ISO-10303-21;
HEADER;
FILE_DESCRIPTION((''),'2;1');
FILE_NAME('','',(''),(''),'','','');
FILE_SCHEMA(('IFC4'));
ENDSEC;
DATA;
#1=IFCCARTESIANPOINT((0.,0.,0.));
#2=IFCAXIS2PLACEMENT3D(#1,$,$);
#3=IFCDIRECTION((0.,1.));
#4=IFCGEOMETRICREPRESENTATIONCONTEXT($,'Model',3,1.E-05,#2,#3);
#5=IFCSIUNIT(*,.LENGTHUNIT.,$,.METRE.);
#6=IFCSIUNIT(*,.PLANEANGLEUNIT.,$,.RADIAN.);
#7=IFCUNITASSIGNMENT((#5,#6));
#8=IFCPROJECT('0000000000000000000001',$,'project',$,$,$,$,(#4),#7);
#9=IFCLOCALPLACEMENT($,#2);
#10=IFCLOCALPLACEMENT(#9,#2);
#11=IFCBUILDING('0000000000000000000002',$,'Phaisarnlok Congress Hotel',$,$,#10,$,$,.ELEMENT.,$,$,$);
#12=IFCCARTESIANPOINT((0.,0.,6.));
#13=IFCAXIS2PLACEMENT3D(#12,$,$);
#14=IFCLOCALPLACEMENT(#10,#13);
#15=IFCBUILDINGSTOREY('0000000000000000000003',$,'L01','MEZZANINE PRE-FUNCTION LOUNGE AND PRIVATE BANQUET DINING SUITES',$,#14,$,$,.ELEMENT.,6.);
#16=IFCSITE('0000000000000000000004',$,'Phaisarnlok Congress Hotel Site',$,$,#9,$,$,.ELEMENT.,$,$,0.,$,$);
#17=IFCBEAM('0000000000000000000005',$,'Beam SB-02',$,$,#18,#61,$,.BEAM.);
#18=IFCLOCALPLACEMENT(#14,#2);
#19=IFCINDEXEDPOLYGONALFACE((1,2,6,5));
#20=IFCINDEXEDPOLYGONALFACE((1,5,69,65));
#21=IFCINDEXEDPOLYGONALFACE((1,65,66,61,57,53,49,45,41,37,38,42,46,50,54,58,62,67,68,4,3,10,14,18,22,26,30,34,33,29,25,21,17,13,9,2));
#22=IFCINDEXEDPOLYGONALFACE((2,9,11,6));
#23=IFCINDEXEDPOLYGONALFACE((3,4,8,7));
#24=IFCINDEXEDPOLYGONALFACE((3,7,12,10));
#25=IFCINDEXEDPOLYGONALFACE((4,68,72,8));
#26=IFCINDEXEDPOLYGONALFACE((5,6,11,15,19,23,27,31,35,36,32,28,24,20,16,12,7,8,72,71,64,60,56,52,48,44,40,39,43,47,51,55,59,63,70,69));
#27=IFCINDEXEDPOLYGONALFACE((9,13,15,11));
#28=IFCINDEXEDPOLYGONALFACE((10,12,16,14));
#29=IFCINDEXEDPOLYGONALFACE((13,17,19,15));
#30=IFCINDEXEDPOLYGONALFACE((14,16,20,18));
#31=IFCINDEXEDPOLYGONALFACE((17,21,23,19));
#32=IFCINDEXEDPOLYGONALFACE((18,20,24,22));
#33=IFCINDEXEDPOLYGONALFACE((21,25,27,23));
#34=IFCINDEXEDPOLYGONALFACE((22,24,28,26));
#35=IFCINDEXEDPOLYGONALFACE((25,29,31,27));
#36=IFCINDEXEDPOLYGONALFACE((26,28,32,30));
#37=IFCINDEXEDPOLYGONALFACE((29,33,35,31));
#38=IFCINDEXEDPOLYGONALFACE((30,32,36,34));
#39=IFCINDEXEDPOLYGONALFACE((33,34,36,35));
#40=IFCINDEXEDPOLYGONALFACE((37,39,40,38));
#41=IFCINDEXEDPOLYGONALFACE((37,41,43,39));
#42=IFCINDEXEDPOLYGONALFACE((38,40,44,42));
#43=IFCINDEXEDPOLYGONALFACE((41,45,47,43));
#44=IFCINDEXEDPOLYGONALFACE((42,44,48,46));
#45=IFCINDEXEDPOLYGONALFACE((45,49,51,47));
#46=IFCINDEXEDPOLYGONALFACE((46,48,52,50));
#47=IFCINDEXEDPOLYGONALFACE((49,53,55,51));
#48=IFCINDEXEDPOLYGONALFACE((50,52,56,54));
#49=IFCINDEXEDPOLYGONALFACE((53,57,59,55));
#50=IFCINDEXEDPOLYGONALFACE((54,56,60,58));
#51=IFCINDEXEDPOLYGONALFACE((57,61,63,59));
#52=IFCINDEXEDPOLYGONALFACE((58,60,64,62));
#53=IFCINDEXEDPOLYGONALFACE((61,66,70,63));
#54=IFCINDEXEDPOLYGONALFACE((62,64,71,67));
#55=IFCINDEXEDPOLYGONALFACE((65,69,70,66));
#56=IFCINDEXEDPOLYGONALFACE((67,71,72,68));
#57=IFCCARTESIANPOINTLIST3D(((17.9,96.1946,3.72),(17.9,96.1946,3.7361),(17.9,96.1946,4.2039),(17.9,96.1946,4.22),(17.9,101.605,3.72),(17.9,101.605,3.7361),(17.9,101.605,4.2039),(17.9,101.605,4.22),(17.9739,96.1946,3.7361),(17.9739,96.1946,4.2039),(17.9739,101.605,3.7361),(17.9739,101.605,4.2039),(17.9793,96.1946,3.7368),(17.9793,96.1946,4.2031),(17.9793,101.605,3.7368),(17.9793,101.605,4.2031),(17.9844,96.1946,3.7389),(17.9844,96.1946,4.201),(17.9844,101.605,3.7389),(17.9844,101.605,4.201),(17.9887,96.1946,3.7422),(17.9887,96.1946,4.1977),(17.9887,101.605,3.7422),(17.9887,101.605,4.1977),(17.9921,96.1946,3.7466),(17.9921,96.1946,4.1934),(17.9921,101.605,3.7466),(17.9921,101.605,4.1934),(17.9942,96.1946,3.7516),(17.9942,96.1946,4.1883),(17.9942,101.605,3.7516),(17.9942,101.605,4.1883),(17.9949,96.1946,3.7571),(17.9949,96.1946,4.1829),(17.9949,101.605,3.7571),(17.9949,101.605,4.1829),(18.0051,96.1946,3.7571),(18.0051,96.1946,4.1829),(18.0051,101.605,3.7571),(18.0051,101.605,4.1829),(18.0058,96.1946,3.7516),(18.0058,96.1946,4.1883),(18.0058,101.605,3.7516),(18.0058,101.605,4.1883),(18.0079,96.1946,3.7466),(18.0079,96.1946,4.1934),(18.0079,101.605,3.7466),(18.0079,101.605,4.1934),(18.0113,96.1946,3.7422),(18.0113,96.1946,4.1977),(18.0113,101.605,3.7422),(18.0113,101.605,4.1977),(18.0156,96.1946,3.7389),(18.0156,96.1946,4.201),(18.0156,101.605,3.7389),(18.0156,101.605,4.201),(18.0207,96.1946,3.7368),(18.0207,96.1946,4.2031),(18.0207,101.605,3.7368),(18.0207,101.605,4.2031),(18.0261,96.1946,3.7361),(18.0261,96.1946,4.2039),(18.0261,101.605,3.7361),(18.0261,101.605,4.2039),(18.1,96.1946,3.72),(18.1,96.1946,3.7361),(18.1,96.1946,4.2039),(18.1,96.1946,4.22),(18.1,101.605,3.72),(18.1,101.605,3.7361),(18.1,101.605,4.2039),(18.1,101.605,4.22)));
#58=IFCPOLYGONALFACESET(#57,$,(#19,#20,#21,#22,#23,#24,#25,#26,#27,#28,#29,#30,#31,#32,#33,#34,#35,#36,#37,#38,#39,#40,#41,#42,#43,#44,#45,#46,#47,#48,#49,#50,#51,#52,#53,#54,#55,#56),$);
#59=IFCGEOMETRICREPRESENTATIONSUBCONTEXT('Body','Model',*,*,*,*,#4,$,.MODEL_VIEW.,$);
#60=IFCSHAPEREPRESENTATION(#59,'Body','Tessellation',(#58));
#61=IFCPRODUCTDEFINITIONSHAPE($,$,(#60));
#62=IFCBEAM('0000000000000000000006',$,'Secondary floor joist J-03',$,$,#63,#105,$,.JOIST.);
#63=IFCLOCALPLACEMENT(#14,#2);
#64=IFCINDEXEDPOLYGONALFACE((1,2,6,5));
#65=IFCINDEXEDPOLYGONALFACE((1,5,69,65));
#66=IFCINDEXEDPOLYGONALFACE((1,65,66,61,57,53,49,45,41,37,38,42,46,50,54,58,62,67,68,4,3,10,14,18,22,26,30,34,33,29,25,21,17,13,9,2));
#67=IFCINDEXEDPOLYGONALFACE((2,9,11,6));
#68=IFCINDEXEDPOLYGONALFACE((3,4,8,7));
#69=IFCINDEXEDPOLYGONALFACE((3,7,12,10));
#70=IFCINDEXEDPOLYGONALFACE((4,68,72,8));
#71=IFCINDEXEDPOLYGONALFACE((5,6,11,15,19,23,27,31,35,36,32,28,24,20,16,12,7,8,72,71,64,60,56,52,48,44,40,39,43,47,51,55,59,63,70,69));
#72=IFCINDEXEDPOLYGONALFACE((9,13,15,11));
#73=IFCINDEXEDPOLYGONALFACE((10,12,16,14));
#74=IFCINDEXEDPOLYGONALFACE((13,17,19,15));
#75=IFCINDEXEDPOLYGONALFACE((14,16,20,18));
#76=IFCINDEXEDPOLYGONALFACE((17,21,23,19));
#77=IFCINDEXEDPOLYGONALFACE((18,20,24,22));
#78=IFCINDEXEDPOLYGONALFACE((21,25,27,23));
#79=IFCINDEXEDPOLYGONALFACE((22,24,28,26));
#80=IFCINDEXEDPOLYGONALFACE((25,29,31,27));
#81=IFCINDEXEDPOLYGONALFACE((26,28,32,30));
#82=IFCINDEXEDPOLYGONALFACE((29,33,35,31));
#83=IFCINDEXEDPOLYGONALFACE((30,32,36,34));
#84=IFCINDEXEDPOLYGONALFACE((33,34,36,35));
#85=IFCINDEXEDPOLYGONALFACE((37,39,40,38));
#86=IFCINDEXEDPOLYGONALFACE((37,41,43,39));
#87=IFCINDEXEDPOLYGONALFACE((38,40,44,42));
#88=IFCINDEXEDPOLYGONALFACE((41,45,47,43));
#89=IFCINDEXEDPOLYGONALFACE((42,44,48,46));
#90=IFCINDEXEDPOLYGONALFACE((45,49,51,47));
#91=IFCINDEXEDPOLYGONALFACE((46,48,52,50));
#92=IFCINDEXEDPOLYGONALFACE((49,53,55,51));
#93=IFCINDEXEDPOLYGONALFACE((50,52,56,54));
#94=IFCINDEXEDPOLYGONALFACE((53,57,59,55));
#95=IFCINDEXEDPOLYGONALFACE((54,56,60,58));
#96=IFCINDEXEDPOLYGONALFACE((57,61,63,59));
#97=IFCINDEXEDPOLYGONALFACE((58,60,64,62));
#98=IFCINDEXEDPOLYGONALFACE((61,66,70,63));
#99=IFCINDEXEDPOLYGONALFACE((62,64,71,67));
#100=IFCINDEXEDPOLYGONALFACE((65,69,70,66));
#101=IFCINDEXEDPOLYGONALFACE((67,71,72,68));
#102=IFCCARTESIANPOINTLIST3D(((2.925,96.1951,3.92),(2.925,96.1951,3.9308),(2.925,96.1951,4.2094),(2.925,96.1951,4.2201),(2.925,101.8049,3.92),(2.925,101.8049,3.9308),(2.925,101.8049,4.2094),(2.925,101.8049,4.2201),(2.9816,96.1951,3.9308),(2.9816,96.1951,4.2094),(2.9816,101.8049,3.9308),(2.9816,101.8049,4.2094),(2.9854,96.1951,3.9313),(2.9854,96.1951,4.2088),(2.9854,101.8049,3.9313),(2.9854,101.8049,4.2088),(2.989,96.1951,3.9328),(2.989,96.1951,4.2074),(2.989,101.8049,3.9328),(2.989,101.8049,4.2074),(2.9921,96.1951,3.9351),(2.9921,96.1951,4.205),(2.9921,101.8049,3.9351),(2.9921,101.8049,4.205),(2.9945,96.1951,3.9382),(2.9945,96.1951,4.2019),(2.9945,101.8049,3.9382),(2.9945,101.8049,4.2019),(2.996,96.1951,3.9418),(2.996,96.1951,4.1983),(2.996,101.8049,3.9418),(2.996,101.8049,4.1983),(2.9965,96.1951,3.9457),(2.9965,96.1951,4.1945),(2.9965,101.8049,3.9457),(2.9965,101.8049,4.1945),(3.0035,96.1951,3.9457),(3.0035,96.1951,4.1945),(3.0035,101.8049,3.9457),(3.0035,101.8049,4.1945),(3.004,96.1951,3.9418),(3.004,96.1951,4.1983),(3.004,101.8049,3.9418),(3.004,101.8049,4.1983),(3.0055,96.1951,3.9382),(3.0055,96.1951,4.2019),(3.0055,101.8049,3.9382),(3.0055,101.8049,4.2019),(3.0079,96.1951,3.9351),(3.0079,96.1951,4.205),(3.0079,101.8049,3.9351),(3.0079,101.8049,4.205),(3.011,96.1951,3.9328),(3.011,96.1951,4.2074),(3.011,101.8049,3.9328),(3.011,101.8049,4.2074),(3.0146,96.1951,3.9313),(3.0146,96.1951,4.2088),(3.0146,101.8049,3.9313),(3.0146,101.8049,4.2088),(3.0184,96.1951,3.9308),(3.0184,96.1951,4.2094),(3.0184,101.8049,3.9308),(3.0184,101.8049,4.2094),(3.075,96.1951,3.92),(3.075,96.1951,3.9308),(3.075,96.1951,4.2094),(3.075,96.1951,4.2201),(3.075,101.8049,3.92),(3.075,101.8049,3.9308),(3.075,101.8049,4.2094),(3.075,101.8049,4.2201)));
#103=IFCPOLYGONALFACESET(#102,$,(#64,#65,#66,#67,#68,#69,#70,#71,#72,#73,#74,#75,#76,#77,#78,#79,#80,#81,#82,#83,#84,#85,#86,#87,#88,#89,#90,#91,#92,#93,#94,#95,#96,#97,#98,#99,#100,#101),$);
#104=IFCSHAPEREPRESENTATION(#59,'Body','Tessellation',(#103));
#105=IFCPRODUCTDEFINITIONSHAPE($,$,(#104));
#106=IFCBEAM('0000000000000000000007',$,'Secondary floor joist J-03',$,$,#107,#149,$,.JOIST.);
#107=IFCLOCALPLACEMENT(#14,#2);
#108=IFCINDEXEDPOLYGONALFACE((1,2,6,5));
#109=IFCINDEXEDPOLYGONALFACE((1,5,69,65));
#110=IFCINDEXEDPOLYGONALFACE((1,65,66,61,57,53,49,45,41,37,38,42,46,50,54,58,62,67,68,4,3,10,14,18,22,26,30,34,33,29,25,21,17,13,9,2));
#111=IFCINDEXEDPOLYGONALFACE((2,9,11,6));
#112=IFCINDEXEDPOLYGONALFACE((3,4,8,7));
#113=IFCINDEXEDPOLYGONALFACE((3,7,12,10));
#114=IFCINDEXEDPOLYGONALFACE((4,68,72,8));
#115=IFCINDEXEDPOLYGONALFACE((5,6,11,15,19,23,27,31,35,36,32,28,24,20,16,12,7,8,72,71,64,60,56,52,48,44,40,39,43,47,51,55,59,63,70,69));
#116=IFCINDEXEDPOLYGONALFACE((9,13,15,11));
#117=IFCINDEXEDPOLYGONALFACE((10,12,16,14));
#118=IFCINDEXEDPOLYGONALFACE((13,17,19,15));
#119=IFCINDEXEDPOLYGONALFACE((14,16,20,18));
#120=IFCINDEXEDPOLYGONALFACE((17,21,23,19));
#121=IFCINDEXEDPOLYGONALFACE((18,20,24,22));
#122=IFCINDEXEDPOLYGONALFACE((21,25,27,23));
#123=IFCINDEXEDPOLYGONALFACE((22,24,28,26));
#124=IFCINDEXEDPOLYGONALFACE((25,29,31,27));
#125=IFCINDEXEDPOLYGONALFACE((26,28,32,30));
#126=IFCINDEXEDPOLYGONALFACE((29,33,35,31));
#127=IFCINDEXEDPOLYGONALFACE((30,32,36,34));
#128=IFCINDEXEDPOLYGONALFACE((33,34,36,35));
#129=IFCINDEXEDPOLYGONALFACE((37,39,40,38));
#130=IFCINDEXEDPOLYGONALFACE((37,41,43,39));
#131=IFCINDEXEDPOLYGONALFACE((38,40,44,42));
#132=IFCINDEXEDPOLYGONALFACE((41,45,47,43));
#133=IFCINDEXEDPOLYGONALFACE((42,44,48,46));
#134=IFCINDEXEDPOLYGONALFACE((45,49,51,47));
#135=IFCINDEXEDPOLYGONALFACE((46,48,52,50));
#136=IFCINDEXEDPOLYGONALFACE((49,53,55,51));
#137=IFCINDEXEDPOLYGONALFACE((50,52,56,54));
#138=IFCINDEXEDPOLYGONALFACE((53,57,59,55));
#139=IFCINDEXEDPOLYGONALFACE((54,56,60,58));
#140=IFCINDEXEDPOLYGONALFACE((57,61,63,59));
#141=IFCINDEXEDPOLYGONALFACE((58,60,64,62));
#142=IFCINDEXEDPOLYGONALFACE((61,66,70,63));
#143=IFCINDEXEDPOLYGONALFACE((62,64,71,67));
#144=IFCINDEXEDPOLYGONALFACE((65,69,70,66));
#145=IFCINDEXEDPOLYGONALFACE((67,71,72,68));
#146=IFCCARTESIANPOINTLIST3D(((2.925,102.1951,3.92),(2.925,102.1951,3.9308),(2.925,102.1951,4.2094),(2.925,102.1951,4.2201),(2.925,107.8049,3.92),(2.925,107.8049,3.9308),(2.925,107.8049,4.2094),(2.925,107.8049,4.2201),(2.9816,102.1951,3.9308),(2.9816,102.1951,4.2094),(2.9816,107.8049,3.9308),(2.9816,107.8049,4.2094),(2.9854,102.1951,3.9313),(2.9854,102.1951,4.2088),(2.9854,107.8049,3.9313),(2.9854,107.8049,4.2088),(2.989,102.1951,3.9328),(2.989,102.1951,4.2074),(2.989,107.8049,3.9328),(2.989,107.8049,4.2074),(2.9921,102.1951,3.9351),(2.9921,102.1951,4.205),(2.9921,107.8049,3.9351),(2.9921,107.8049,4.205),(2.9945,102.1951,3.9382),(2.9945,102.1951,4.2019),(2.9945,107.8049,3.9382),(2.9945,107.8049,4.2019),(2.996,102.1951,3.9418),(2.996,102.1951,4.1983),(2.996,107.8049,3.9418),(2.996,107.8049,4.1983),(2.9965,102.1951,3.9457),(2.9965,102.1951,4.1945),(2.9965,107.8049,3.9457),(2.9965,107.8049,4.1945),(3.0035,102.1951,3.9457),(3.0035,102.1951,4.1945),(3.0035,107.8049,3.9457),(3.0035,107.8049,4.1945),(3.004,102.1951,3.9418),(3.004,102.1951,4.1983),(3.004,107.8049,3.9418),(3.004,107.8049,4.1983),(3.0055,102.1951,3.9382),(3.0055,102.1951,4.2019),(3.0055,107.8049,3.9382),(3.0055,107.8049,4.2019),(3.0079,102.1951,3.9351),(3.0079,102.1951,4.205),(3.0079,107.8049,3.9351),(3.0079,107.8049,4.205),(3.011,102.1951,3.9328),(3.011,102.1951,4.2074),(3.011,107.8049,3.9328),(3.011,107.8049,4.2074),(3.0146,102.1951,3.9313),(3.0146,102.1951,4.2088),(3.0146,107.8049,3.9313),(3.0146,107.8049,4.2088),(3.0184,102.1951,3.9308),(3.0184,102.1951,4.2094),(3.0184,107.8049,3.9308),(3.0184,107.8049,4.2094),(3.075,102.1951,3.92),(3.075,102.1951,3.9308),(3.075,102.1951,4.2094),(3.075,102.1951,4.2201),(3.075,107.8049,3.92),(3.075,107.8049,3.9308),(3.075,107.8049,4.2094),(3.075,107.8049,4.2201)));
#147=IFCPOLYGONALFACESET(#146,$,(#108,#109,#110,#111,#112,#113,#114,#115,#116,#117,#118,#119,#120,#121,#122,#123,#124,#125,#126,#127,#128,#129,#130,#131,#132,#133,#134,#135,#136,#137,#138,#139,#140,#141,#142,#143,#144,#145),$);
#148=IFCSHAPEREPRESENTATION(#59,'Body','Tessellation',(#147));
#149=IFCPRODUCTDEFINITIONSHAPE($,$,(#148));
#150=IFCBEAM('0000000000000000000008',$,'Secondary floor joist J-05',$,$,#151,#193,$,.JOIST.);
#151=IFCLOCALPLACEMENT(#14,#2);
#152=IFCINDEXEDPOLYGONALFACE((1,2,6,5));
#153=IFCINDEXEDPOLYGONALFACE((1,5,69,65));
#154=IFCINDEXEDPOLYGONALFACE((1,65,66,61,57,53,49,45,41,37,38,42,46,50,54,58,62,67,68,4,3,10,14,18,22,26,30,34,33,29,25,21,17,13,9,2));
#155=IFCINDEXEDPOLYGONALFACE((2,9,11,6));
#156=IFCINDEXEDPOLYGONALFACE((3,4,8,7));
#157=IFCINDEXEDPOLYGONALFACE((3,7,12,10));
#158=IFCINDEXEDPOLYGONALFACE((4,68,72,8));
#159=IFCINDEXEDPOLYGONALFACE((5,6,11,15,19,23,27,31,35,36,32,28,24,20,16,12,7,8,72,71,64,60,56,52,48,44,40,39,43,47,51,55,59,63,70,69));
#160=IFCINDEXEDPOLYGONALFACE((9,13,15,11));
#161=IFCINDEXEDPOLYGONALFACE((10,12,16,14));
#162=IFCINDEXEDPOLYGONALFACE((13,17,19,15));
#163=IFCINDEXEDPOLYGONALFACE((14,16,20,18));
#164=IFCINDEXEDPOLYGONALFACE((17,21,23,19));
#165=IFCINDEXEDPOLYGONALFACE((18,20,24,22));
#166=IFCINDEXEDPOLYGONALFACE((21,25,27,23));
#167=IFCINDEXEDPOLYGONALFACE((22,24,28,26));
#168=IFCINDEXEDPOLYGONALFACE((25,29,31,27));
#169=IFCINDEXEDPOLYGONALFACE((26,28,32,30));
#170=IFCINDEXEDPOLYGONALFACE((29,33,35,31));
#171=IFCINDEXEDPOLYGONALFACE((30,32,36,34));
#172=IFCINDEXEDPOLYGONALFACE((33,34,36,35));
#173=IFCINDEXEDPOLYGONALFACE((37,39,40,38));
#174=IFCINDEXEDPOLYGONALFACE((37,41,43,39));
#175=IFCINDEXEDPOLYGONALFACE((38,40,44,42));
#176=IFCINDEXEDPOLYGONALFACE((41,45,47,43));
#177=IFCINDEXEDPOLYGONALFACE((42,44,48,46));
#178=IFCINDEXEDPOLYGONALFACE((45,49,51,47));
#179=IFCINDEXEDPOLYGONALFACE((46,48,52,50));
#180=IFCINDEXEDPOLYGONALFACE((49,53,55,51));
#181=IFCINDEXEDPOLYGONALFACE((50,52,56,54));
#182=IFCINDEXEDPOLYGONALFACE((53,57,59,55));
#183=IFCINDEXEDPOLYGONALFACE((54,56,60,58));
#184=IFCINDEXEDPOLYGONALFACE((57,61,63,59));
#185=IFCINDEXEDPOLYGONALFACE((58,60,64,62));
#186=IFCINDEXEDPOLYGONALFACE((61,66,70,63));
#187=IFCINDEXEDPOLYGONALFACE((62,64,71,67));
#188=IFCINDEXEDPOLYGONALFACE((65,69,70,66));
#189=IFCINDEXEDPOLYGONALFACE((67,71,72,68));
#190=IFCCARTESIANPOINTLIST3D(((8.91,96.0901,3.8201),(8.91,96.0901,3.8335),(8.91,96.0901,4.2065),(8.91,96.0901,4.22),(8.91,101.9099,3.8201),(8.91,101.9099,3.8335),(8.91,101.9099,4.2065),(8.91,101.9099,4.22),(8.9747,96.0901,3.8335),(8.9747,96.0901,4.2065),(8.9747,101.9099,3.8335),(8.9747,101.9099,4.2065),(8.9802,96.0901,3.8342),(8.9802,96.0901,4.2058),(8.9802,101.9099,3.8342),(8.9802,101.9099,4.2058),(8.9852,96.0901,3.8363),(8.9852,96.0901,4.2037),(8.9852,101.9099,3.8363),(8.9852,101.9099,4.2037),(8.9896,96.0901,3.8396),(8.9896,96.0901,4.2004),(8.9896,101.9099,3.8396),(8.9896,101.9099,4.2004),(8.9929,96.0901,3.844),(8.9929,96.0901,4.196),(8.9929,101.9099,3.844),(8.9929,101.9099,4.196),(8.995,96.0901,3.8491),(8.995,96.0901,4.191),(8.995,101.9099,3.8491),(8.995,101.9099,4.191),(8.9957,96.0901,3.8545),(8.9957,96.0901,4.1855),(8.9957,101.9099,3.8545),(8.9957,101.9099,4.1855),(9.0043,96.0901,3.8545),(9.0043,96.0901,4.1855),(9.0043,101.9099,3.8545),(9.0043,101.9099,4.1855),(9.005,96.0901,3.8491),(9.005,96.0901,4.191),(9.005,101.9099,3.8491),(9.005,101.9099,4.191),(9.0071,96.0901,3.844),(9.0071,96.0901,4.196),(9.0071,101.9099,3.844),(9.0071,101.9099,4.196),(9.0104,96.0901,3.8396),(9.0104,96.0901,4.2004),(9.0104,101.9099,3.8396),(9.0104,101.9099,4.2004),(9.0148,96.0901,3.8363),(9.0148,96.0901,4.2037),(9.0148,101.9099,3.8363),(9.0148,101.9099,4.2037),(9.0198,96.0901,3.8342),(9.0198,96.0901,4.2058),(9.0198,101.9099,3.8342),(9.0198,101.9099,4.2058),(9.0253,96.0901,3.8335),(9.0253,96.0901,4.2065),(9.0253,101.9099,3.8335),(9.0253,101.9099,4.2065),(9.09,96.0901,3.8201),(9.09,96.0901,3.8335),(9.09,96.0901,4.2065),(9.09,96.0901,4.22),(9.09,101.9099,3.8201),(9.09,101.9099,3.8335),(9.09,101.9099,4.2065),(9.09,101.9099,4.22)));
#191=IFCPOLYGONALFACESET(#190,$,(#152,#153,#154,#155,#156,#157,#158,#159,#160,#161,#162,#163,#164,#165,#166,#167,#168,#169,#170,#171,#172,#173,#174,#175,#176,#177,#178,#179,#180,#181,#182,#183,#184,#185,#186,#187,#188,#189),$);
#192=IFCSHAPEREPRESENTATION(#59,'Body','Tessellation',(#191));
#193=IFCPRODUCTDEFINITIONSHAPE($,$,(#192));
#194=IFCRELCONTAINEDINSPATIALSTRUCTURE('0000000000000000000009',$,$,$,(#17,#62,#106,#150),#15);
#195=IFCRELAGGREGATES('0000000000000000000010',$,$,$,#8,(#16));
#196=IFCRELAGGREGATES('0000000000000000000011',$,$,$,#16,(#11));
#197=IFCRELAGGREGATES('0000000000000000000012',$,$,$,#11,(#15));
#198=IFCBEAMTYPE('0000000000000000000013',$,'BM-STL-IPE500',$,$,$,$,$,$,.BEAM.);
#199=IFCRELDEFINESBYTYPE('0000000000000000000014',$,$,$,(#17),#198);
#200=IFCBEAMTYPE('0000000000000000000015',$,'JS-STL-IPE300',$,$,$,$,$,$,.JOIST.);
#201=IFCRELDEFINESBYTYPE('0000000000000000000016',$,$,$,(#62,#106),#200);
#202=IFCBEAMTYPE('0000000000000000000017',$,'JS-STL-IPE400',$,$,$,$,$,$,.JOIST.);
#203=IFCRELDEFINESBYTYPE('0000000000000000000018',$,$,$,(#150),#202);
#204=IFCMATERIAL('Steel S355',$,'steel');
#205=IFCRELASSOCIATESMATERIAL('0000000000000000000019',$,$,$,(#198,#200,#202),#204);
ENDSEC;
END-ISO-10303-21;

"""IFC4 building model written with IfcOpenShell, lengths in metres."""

from ifc_helpers import new_model, si_unit, direction, frame, origin, origin_2d, place, context, subcontext, project, spatial, i_section, extrude, material, material_profile, profile_set, type_object, element, save


model = new_model("IFC4")

# Units and contexts
model_context = context("Model", 3, precision=1e-05, world=origin(), true_north=direction((0.0, 1.0)))
body_context = subcontext(model_context, "Body", "Model", "MODEL_VIEW")
ifc_project = project(units=[si_unit("LENGTHUNIT", "METRE"), si_unit("PLANEANGLEUNIT", "RADIAN")], contexts=[model_context])

# Site, building, storey
site_placement = place(None, origin())
site = spatial("IfcSite", under=ifc_project, at=site_placement, Name="Phaisarnlok Congress Hotel Site", CompositionType="ELEMENT", RefElevation=0.0)
building_placement = place(site_placement, origin())
building = spatial("IfcBuilding", under=site, at=building_placement, Name="Phaisarnlok Congress Hotel", CompositionType="ELEMENT")
storey_placement = place(building_placement, frame((0.0, 0.0, 6.0)))
storey = spatial("IfcBuildingStorey", under=building, at=storey_placement, Name="L01", Description="MEZZANINE PRE-FUNCTION LOUNGE AND PRIVATE BANQUET DINING SUITES", CompositionType="ELEMENT", Elevation=6.0)

# Shared definitions
ifc_material_1 = material(Name="Steel S355", Category="steel")

# Beams
ifc_material_profile_1 = material_profile(ifc_material_1, i_section(OverallWidth=0.2, OverallDepth=0.5, WebThickness=0.0103, FlangeThickness=0.0161, FilletRadius=0.021, at=origin_2d()), Name="IPE 500")
ifc_profile_set_1 = profile_set([ifc_material_profile_1], Name="Steel S355")
beam_type_1 = type_object("IfcBeamType", Name="BM-STL-IPE500", PredefinedType="BEAM", material=ifc_profile_set_1)
beam_1_placement = place(storey_placement, frame((18.0, 96.1946, 3.97), z_axis=(0.0, 1.0, 0.0), x_axis=(-1.0, 0.0, 0.0)))
element("IfcBeam", 1, at=beam_1_placement, inside=storey, type_object=beam_type_1, Name="Beam SB-02", PredefinedType="BEAM", context=body_context, shape_type="SweptSolid", body=[
    extrude(i_section(OverallWidth=0.2, OverallDepth=0.5, WebThickness=0.0103, FlangeThickness=0.0161, FilletRadius=0.021, at=origin_2d()), origin(), (0.0, 0.0, 1.0), 5.4104),
])
ifc_material_profile_2 = material_profile(ifc_material_1, i_section(OverallWidth=0.1499, OverallDepth=0.3, WebThickness=0.0071, FlangeThickness=0.0107, FilletRadius=0.0149, at=origin_2d()), Name="IPE 300")
ifc_profile_set_2 = profile_set([ifc_material_profile_2], Name="Steel S355")
beam_type_2 = type_object("IfcBeamType", Name="JS-STL-IPE300", PredefinedType="JOIST", material=ifc_profile_set_2)
for number, where, z_axis, x_axis, name in (
    (2, (3.0, 96.1951, 4.0701), (0.0, 1.0, 0.0), (-1.0, 0.0, 0.0), "Secondary floor joist J-03"),
    (3, (3.0, 102.1951, 4.0701), (0.0, 1.0, 0.0), (-1.0, 0.0, 0.0), "Secondary floor joist J-03"),
):
    element("IfcBeam", number, at=place(storey_placement, frame(where, z_axis=z_axis, x_axis=x_axis)), inside=storey, type_object=beam_type_2, Name=name, PredefinedType="JOIST", context=body_context, shape_type="SweptSolid", body=[
        extrude(i_section(OverallWidth=0.1499, OverallDepth=0.3, WebThickness=0.0071, FlangeThickness=0.0107, FilletRadius=0.0149, at=origin_2d()), origin(), (0.0, 0.0, 1.0), 5.6099),
    ])
ifc_material_profile_3 = material_profile(ifc_material_1, i_section(OverallWidth=0.1799, OverallDepth=0.3999, WebThickness=0.0085, FlangeThickness=0.0134, FilletRadius=0.021, at=origin_2d()), Name="IPE 400")
ifc_profile_set_3 = profile_set([ifc_material_profile_3], Name="Steel S355")
beam_type_3 = type_object("IfcBeamType", Name="JS-STL-IPE400", PredefinedType="JOIST", material=ifc_profile_set_3)
for number, where, z_axis, x_axis, name in (
    (4, (9.0, 96.0901, 4.02), (0.0, 1.0, 0.0), (-1.0, 0.0, 0.0), "Secondary floor joist J-05"),
):
    element("IfcBeam", number, at=place(storey_placement, frame(where, z_axis=z_axis, x_axis=x_axis)), inside=storey, type_object=beam_type_3, Name=name, PredefinedType="JOIST", context=body_context, shape_type="SweptSolid", body=[
        extrude(i_section(OverallWidth=0.1799, OverallDepth=0.3999, WebThickness=0.0085, FlangeThickness=0.0134, FilletRadius=0.021, at=origin_2d()), origin(), (0.0, 0.0, 1.0), 5.8198),
    ])

save(model, "model.ifc")
